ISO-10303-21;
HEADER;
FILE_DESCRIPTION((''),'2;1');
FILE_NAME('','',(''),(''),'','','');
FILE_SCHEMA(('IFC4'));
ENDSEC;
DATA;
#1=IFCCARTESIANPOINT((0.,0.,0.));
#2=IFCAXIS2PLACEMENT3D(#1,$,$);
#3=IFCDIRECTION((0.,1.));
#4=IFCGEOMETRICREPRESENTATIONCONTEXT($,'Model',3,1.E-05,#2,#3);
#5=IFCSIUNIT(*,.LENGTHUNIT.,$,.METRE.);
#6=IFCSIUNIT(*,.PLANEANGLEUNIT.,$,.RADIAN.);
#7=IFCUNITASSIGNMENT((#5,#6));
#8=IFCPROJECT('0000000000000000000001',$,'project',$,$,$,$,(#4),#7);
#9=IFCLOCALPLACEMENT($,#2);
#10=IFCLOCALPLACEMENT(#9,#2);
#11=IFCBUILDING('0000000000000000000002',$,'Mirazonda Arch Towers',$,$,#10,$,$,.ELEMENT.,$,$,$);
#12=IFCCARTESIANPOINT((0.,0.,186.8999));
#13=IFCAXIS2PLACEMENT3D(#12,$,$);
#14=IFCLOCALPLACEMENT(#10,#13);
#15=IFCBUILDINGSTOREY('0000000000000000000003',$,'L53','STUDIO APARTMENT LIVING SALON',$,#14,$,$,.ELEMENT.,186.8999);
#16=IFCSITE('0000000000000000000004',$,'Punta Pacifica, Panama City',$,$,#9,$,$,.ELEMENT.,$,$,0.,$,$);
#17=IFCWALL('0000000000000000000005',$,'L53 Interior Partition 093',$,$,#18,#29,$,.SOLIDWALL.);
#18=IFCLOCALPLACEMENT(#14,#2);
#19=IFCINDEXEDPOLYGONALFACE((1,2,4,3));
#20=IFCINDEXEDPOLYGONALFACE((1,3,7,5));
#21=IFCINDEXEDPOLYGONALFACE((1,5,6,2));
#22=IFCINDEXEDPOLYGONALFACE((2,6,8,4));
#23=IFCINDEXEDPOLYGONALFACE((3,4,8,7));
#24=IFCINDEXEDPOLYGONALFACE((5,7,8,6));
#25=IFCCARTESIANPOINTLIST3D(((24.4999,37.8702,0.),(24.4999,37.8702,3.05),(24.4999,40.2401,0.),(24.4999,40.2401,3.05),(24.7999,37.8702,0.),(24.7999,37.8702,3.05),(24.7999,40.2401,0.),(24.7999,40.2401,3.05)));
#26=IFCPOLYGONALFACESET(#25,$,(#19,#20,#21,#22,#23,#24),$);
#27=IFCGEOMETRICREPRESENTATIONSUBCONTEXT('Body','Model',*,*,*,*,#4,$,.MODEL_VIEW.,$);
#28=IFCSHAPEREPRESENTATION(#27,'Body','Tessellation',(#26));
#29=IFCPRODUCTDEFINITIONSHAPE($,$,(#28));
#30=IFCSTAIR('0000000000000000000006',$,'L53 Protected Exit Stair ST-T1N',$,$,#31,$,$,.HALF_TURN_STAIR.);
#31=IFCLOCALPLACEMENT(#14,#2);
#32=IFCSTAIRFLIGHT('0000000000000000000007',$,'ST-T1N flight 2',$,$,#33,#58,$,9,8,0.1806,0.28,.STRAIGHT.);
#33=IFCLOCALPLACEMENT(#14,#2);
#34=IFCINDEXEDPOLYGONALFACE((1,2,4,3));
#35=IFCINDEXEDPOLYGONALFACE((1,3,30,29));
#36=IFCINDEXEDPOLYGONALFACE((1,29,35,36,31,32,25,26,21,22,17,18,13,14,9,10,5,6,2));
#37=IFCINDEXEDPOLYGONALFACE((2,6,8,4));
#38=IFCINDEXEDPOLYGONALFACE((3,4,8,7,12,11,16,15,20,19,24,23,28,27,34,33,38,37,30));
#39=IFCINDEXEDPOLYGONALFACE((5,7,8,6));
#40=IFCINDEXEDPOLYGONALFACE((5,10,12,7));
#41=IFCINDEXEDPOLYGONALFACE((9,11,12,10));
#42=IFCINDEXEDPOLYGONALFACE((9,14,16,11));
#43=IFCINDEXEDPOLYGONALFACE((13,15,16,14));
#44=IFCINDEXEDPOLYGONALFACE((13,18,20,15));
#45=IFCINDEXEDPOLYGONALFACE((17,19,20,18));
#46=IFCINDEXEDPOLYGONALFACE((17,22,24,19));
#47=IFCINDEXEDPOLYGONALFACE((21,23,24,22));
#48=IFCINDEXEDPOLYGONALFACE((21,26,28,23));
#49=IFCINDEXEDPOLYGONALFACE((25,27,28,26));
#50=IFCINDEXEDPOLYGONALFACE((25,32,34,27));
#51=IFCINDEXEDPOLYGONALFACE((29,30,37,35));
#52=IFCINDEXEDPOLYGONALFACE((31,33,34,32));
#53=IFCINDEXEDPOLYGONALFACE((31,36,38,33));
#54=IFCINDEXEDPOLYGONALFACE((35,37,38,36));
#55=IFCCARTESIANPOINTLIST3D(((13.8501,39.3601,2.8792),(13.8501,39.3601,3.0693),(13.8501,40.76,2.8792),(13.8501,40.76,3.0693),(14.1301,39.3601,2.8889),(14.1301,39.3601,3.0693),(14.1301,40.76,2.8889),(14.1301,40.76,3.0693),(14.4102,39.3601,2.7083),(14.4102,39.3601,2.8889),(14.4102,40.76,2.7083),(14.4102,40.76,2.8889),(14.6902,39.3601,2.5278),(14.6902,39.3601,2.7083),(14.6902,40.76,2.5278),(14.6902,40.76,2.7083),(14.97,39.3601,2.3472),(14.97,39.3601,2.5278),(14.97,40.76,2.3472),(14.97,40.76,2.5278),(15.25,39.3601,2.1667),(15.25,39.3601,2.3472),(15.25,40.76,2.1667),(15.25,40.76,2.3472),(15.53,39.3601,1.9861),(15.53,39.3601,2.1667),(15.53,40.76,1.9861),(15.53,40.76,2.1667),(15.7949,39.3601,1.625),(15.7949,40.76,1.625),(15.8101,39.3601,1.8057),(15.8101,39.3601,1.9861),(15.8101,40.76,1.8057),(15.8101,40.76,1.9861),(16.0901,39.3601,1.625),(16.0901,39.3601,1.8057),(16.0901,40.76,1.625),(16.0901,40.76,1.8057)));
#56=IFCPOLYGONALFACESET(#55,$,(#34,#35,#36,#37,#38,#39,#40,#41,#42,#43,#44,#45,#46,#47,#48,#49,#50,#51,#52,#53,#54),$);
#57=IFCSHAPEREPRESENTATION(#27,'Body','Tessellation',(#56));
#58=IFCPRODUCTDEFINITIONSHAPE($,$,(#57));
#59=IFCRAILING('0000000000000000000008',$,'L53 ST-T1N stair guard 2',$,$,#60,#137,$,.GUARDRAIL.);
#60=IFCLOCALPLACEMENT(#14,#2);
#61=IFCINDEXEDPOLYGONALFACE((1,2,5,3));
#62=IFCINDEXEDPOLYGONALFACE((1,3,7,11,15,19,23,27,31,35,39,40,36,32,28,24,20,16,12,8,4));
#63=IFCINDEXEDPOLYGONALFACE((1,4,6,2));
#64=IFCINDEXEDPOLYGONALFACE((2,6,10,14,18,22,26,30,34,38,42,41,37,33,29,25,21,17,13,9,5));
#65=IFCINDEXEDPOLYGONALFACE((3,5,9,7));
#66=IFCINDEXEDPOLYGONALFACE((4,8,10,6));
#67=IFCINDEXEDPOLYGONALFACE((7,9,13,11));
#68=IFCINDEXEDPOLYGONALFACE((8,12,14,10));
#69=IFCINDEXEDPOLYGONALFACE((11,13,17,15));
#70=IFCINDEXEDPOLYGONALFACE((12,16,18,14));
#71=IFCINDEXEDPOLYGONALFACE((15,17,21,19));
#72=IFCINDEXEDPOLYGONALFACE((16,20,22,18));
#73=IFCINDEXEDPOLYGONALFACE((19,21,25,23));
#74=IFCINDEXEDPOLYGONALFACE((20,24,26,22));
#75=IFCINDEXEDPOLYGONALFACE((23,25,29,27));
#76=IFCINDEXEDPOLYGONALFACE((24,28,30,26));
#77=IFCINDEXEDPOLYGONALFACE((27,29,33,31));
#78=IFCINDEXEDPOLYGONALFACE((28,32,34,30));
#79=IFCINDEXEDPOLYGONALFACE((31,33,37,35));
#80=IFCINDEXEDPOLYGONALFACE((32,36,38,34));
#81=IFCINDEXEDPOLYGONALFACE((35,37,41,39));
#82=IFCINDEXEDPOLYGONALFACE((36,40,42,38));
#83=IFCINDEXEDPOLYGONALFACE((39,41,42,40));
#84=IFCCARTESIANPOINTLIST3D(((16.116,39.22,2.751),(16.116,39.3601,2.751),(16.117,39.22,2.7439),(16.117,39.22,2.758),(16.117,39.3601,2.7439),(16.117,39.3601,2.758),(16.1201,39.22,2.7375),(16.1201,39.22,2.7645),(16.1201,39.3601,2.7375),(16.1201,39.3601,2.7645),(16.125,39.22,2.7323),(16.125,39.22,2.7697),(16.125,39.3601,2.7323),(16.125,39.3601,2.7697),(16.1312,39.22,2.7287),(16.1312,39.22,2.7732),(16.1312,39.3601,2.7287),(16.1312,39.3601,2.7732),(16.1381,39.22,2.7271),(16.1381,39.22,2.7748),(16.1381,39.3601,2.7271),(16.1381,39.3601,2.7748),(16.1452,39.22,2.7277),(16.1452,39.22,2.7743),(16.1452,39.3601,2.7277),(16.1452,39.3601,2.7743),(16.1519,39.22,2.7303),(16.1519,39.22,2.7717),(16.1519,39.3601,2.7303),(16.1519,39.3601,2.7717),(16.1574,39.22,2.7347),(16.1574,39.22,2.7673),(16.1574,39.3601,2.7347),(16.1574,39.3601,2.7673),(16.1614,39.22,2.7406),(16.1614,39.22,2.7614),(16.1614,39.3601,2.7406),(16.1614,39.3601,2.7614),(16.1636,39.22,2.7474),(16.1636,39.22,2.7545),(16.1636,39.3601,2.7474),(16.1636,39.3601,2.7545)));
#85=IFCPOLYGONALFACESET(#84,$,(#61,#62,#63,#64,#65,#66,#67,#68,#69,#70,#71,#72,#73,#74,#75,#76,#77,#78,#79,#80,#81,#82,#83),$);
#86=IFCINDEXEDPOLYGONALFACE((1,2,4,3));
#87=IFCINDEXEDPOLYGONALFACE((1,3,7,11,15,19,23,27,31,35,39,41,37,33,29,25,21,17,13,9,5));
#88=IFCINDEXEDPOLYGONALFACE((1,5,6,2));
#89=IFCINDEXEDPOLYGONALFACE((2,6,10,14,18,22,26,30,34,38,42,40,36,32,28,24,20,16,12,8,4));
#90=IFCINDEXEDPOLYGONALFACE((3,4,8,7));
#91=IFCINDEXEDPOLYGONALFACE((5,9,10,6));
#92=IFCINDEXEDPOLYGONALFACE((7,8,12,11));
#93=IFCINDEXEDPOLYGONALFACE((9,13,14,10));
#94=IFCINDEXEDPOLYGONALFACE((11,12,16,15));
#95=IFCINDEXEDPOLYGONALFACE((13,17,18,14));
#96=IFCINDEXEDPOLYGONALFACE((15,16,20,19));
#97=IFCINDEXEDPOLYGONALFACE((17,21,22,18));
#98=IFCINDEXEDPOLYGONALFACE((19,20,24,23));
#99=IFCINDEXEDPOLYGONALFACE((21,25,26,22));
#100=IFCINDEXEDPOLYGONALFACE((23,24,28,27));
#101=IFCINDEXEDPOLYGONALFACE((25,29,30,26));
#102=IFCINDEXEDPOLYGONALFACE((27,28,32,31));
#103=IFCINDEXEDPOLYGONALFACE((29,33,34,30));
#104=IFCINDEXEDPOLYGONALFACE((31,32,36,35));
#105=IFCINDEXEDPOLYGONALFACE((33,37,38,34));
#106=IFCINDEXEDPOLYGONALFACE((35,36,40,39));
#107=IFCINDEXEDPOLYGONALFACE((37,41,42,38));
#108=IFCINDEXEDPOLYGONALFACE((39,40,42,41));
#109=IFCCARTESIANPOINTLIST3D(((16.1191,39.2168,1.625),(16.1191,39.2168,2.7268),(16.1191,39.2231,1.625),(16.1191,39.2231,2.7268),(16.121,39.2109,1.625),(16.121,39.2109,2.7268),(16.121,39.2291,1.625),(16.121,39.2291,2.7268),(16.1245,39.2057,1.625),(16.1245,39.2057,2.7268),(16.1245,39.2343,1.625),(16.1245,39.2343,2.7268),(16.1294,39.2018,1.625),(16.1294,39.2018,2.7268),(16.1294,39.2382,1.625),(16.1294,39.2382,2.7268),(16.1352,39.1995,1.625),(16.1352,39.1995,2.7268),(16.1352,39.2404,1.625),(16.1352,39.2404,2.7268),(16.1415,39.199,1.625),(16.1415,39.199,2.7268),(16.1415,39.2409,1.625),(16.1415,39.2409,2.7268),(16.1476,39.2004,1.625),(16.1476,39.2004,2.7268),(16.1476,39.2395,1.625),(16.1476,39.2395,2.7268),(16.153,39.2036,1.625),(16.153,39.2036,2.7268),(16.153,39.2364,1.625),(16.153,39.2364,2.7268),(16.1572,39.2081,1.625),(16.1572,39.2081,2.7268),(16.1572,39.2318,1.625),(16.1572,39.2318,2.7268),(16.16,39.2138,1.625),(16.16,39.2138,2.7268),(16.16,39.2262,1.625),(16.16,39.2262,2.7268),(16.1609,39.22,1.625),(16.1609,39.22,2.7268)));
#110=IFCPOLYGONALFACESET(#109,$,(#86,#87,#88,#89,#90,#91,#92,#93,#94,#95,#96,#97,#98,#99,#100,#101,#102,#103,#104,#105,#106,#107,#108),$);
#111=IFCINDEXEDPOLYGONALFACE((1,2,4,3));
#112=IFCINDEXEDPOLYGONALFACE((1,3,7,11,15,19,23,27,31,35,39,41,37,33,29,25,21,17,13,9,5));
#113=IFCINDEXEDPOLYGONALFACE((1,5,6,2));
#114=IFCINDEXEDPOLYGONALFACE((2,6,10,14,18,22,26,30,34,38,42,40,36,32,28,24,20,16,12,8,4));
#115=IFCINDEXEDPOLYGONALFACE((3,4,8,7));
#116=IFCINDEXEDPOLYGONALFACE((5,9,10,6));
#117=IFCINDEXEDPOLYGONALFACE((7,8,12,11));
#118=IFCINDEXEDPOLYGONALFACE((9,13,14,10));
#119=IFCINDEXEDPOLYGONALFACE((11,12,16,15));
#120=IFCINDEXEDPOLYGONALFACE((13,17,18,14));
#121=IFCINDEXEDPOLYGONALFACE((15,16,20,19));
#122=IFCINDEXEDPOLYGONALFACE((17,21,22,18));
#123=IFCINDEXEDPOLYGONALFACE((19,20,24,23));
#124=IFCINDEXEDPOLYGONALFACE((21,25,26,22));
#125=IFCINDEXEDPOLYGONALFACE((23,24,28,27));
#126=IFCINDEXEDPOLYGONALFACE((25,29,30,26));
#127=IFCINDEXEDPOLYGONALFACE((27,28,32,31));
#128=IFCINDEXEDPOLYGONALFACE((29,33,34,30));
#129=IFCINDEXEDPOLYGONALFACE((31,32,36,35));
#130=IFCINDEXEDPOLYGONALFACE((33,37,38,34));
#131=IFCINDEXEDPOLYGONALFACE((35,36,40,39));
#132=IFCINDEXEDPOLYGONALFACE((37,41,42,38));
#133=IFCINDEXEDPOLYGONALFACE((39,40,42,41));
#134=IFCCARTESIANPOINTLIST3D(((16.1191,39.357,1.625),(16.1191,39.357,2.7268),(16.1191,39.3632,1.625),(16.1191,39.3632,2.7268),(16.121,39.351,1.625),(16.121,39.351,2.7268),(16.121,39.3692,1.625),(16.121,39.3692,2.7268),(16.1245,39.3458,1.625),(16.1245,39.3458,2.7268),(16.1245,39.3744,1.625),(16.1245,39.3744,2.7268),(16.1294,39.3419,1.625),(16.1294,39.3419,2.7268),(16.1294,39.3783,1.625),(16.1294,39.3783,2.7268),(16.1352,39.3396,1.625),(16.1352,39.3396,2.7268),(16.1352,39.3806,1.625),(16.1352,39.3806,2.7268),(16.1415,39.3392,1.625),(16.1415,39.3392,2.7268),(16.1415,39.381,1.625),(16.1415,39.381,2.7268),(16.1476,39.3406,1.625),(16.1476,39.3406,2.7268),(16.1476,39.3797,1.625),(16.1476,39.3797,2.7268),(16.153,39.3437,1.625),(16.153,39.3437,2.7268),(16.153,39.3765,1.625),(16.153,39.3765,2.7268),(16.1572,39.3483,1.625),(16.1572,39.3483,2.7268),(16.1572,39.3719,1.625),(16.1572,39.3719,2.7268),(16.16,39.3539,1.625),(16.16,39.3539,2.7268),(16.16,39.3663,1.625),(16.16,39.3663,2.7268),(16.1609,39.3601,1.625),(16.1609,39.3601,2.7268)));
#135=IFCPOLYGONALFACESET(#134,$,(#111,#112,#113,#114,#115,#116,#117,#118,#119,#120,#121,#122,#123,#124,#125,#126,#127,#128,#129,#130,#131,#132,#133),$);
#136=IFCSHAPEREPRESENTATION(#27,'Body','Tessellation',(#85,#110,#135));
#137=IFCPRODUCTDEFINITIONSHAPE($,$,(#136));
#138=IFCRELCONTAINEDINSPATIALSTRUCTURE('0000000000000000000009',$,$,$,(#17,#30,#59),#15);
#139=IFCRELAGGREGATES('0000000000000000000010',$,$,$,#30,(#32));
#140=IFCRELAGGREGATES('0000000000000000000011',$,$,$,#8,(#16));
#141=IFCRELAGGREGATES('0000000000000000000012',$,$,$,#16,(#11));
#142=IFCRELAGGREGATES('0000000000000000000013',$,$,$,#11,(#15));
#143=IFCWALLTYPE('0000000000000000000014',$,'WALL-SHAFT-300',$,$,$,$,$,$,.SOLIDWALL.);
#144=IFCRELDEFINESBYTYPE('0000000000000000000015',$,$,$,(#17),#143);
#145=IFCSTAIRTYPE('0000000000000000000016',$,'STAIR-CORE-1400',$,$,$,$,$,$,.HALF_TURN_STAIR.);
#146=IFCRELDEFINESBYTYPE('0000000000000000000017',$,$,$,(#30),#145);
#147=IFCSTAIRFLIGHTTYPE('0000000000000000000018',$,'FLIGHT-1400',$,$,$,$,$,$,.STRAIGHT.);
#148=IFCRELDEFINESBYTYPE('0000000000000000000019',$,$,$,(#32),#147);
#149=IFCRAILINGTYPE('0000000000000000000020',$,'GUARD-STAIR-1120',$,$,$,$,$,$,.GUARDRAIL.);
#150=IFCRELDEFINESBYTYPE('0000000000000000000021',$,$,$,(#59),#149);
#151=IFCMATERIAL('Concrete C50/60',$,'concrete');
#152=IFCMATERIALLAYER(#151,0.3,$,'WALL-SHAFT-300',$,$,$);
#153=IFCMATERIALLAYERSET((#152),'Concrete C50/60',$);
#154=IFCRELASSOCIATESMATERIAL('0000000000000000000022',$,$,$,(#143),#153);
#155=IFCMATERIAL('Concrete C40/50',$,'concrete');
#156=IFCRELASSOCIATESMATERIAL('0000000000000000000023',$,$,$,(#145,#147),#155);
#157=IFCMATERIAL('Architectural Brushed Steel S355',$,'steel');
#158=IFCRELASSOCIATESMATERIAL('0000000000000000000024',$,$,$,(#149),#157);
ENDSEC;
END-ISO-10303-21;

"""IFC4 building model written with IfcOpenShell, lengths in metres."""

from ifc_helpers import new_model, si_unit, direction, frame, frame_2d, origin, origin_2d, place, context, subcontext, project, spatial, polyline, rectangle, circle, outline, extrude, material, layer, layer_set, type_object, element, aggregate, save


model = new_model("IFC4")

# Units and contexts
model_context = context("Model", 3, precision=1e-05, world=origin(), true_north=direction((0.0, 1.0)))
body_context = subcontext(model_context, "Body", "Model", "MODEL_VIEW")
ifc_project = project(units=[si_unit("LENGTHUNIT", "METRE"), si_unit("PLANEANGLEUNIT", "RADIAN")], contexts=[model_context])

# Site, building, storey
site_placement = place(None, origin())
site = spatial("IfcSite", under=ifc_project, at=site_placement, Name="Punta Pacifica, Panama City", CompositionType="ELEMENT", RefElevation=0.0)
building_placement = place(site_placement, origin())
building = spatial("IfcBuilding", under=site, at=building_placement, Name="Mirazonda Arch Towers", CompositionType="ELEMENT")
storey_placement = place(building_placement, frame((0.0, 0.0, 186.8999)))
storey = spatial("IfcBuildingStorey", under=building, at=storey_placement, Name="L53", Description="STUDIO APARTMENT LIVING SALON", CompositionType="ELEMENT", Elevation=186.8999)

# Shared definitions
ifc_material_1 = material(Name="Concrete C50/60", Category="concrete")

# Wall
ifc_material_2 = material(Name="Concrete C40/50", Category="concrete")
ifc_layer_1 = layer(ifc_material_1, 0.3, Name="WALL-SHAFT-300")
ifc_layer_set_1 = layer_set([ifc_layer_1], Name="Concrete C50/60")
wall_type_1 = type_object("IfcWallType", Name="WALL-SHAFT-300", PredefinedType="SOLIDWALL", material=ifc_layer_set_1)
for number, where, z_axis, x_axis, name in (
    (1, (24.6499, 37.8701, 0.0), (0.0, 0.0, 1.0), (0.0, 1.0, 0.0), "L53 Interior Partition 093"),
):
    element("IfcWall", number, at=place(storey_placement, frame(where, z_axis=z_axis, x_axis=x_axis)), inside=storey, type_object=wall_type_1, Name=name, PredefinedType="SOLIDWALL", context=body_context, shape_type="SweptSolid", body=[
        extrude(rectangle(XDim=2.3699, YDim=0.3, at=frame_2d((1.1851, 0.0))), origin(), (0.0, 0.0, 1.0), 3.05),
    ])

# Stair, stair flight
stair_type = type_object("IfcStairType", Name="STAIR-CORE-1400", PredefinedType="HALF_TURN_STAIR", material=ifc_material_2)
stair_placement = place(storey_placement, origin())
stair = element("IfcStair", 2, at=stair_placement, inside=storey, type_object=stair_type, Name="L53 Protected Exit Stair ST-T1N", PredefinedType="HALF_TURN_STAIR")
stair_flight_type = type_object("IfcStairFlightType", Name="FLIGHT-1400", PredefinedType="STRAIGHT", material=ifc_material_2)
stair_flight_placement = place(storey_placement, frame((16.0901, 40.0601, 1.625), z_axis=(0.0, 0.0, 1.0), x_axis=(-1.0, 0.0, 0.0)))
stair_flight = element("IfcStairFlight", 3, at=stair_flight_placement, type_object=stair_flight_type, Name="ST-T1N flight 2", NumberOfRisers=9, NumberOfTreads=8, PredefinedType="STRAIGHT", RiserHeight=0.1806, TreadLength=0.28, context=body_context, shape_type="SweptSolid", body=[
    extrude(outline(polyline([(0.0, 0.0), (0.0, 0.1807), (0.28, 0.1807), (0.28, 0.3611), (0.5601, 0.3611), (0.5601, 0.5417), (0.8401, 0.5417), (0.8401, 0.7222), (1.1201, 0.7222), (1.1201, 0.9028), (1.3999, 0.9028), (1.3999, 1.0833), (1.6799, 1.0833), (1.6799, 1.2639), (1.96, 1.2639), (1.96, 1.4443), (2.24, 1.4443), (2.24, 1.625), (2.24, 1.2542), (0.2952, 0.0), (0.0, 0.0)])), frame((0.0, 0.7, 0.0), z_axis=(0.0, -1.0, 0.0), x_axis=(1.0, 0.0, 0.0)), (0.0, 0.0, 1.0), 1.3999),
])
aggregate(stair, [stair_flight])

# Railing
ifc_material_3 = material(Name="Architectural Brushed Steel S355", Category="steel")
railing_type_1 = type_object("IfcRailingType", Name="GUARD-STAIR-1120", PredefinedType="GUARDRAIL", material=ifc_material_3)
railing_1_placement = place(storey_placement, frame((16.1399, 39.22, 1.625)))
element("IfcRailing", 4, at=railing_1_placement, inside=storey, type_object=railing_type_1, Name="L53 ST-T1N stair guard 2", PredefinedType="GUARDRAIL", context=body_context, shape_type="SweptSolid", body=[
    extrude(circle(Radius=0.0239, at=origin_2d()), frame((0.0, 0.0, 1.126), z_axis=(0.0, 1.0, 0.0), x_axis=(-1.0, 0.0, 0.0)), (0.0, 0.0, 1.0), 0.1401),
    extrude(circle(Radius=0.021, at=origin_2d()), origin(), (0.0, 0.0, 1.0), 1.1018),
    extrude(circle(Radius=0.021, at=origin_2d()), frame((0.0, 0.1401, 0.0)), (0.0, 0.0, 1.0), 1.1018),
])

save(model, "model.ifc")
